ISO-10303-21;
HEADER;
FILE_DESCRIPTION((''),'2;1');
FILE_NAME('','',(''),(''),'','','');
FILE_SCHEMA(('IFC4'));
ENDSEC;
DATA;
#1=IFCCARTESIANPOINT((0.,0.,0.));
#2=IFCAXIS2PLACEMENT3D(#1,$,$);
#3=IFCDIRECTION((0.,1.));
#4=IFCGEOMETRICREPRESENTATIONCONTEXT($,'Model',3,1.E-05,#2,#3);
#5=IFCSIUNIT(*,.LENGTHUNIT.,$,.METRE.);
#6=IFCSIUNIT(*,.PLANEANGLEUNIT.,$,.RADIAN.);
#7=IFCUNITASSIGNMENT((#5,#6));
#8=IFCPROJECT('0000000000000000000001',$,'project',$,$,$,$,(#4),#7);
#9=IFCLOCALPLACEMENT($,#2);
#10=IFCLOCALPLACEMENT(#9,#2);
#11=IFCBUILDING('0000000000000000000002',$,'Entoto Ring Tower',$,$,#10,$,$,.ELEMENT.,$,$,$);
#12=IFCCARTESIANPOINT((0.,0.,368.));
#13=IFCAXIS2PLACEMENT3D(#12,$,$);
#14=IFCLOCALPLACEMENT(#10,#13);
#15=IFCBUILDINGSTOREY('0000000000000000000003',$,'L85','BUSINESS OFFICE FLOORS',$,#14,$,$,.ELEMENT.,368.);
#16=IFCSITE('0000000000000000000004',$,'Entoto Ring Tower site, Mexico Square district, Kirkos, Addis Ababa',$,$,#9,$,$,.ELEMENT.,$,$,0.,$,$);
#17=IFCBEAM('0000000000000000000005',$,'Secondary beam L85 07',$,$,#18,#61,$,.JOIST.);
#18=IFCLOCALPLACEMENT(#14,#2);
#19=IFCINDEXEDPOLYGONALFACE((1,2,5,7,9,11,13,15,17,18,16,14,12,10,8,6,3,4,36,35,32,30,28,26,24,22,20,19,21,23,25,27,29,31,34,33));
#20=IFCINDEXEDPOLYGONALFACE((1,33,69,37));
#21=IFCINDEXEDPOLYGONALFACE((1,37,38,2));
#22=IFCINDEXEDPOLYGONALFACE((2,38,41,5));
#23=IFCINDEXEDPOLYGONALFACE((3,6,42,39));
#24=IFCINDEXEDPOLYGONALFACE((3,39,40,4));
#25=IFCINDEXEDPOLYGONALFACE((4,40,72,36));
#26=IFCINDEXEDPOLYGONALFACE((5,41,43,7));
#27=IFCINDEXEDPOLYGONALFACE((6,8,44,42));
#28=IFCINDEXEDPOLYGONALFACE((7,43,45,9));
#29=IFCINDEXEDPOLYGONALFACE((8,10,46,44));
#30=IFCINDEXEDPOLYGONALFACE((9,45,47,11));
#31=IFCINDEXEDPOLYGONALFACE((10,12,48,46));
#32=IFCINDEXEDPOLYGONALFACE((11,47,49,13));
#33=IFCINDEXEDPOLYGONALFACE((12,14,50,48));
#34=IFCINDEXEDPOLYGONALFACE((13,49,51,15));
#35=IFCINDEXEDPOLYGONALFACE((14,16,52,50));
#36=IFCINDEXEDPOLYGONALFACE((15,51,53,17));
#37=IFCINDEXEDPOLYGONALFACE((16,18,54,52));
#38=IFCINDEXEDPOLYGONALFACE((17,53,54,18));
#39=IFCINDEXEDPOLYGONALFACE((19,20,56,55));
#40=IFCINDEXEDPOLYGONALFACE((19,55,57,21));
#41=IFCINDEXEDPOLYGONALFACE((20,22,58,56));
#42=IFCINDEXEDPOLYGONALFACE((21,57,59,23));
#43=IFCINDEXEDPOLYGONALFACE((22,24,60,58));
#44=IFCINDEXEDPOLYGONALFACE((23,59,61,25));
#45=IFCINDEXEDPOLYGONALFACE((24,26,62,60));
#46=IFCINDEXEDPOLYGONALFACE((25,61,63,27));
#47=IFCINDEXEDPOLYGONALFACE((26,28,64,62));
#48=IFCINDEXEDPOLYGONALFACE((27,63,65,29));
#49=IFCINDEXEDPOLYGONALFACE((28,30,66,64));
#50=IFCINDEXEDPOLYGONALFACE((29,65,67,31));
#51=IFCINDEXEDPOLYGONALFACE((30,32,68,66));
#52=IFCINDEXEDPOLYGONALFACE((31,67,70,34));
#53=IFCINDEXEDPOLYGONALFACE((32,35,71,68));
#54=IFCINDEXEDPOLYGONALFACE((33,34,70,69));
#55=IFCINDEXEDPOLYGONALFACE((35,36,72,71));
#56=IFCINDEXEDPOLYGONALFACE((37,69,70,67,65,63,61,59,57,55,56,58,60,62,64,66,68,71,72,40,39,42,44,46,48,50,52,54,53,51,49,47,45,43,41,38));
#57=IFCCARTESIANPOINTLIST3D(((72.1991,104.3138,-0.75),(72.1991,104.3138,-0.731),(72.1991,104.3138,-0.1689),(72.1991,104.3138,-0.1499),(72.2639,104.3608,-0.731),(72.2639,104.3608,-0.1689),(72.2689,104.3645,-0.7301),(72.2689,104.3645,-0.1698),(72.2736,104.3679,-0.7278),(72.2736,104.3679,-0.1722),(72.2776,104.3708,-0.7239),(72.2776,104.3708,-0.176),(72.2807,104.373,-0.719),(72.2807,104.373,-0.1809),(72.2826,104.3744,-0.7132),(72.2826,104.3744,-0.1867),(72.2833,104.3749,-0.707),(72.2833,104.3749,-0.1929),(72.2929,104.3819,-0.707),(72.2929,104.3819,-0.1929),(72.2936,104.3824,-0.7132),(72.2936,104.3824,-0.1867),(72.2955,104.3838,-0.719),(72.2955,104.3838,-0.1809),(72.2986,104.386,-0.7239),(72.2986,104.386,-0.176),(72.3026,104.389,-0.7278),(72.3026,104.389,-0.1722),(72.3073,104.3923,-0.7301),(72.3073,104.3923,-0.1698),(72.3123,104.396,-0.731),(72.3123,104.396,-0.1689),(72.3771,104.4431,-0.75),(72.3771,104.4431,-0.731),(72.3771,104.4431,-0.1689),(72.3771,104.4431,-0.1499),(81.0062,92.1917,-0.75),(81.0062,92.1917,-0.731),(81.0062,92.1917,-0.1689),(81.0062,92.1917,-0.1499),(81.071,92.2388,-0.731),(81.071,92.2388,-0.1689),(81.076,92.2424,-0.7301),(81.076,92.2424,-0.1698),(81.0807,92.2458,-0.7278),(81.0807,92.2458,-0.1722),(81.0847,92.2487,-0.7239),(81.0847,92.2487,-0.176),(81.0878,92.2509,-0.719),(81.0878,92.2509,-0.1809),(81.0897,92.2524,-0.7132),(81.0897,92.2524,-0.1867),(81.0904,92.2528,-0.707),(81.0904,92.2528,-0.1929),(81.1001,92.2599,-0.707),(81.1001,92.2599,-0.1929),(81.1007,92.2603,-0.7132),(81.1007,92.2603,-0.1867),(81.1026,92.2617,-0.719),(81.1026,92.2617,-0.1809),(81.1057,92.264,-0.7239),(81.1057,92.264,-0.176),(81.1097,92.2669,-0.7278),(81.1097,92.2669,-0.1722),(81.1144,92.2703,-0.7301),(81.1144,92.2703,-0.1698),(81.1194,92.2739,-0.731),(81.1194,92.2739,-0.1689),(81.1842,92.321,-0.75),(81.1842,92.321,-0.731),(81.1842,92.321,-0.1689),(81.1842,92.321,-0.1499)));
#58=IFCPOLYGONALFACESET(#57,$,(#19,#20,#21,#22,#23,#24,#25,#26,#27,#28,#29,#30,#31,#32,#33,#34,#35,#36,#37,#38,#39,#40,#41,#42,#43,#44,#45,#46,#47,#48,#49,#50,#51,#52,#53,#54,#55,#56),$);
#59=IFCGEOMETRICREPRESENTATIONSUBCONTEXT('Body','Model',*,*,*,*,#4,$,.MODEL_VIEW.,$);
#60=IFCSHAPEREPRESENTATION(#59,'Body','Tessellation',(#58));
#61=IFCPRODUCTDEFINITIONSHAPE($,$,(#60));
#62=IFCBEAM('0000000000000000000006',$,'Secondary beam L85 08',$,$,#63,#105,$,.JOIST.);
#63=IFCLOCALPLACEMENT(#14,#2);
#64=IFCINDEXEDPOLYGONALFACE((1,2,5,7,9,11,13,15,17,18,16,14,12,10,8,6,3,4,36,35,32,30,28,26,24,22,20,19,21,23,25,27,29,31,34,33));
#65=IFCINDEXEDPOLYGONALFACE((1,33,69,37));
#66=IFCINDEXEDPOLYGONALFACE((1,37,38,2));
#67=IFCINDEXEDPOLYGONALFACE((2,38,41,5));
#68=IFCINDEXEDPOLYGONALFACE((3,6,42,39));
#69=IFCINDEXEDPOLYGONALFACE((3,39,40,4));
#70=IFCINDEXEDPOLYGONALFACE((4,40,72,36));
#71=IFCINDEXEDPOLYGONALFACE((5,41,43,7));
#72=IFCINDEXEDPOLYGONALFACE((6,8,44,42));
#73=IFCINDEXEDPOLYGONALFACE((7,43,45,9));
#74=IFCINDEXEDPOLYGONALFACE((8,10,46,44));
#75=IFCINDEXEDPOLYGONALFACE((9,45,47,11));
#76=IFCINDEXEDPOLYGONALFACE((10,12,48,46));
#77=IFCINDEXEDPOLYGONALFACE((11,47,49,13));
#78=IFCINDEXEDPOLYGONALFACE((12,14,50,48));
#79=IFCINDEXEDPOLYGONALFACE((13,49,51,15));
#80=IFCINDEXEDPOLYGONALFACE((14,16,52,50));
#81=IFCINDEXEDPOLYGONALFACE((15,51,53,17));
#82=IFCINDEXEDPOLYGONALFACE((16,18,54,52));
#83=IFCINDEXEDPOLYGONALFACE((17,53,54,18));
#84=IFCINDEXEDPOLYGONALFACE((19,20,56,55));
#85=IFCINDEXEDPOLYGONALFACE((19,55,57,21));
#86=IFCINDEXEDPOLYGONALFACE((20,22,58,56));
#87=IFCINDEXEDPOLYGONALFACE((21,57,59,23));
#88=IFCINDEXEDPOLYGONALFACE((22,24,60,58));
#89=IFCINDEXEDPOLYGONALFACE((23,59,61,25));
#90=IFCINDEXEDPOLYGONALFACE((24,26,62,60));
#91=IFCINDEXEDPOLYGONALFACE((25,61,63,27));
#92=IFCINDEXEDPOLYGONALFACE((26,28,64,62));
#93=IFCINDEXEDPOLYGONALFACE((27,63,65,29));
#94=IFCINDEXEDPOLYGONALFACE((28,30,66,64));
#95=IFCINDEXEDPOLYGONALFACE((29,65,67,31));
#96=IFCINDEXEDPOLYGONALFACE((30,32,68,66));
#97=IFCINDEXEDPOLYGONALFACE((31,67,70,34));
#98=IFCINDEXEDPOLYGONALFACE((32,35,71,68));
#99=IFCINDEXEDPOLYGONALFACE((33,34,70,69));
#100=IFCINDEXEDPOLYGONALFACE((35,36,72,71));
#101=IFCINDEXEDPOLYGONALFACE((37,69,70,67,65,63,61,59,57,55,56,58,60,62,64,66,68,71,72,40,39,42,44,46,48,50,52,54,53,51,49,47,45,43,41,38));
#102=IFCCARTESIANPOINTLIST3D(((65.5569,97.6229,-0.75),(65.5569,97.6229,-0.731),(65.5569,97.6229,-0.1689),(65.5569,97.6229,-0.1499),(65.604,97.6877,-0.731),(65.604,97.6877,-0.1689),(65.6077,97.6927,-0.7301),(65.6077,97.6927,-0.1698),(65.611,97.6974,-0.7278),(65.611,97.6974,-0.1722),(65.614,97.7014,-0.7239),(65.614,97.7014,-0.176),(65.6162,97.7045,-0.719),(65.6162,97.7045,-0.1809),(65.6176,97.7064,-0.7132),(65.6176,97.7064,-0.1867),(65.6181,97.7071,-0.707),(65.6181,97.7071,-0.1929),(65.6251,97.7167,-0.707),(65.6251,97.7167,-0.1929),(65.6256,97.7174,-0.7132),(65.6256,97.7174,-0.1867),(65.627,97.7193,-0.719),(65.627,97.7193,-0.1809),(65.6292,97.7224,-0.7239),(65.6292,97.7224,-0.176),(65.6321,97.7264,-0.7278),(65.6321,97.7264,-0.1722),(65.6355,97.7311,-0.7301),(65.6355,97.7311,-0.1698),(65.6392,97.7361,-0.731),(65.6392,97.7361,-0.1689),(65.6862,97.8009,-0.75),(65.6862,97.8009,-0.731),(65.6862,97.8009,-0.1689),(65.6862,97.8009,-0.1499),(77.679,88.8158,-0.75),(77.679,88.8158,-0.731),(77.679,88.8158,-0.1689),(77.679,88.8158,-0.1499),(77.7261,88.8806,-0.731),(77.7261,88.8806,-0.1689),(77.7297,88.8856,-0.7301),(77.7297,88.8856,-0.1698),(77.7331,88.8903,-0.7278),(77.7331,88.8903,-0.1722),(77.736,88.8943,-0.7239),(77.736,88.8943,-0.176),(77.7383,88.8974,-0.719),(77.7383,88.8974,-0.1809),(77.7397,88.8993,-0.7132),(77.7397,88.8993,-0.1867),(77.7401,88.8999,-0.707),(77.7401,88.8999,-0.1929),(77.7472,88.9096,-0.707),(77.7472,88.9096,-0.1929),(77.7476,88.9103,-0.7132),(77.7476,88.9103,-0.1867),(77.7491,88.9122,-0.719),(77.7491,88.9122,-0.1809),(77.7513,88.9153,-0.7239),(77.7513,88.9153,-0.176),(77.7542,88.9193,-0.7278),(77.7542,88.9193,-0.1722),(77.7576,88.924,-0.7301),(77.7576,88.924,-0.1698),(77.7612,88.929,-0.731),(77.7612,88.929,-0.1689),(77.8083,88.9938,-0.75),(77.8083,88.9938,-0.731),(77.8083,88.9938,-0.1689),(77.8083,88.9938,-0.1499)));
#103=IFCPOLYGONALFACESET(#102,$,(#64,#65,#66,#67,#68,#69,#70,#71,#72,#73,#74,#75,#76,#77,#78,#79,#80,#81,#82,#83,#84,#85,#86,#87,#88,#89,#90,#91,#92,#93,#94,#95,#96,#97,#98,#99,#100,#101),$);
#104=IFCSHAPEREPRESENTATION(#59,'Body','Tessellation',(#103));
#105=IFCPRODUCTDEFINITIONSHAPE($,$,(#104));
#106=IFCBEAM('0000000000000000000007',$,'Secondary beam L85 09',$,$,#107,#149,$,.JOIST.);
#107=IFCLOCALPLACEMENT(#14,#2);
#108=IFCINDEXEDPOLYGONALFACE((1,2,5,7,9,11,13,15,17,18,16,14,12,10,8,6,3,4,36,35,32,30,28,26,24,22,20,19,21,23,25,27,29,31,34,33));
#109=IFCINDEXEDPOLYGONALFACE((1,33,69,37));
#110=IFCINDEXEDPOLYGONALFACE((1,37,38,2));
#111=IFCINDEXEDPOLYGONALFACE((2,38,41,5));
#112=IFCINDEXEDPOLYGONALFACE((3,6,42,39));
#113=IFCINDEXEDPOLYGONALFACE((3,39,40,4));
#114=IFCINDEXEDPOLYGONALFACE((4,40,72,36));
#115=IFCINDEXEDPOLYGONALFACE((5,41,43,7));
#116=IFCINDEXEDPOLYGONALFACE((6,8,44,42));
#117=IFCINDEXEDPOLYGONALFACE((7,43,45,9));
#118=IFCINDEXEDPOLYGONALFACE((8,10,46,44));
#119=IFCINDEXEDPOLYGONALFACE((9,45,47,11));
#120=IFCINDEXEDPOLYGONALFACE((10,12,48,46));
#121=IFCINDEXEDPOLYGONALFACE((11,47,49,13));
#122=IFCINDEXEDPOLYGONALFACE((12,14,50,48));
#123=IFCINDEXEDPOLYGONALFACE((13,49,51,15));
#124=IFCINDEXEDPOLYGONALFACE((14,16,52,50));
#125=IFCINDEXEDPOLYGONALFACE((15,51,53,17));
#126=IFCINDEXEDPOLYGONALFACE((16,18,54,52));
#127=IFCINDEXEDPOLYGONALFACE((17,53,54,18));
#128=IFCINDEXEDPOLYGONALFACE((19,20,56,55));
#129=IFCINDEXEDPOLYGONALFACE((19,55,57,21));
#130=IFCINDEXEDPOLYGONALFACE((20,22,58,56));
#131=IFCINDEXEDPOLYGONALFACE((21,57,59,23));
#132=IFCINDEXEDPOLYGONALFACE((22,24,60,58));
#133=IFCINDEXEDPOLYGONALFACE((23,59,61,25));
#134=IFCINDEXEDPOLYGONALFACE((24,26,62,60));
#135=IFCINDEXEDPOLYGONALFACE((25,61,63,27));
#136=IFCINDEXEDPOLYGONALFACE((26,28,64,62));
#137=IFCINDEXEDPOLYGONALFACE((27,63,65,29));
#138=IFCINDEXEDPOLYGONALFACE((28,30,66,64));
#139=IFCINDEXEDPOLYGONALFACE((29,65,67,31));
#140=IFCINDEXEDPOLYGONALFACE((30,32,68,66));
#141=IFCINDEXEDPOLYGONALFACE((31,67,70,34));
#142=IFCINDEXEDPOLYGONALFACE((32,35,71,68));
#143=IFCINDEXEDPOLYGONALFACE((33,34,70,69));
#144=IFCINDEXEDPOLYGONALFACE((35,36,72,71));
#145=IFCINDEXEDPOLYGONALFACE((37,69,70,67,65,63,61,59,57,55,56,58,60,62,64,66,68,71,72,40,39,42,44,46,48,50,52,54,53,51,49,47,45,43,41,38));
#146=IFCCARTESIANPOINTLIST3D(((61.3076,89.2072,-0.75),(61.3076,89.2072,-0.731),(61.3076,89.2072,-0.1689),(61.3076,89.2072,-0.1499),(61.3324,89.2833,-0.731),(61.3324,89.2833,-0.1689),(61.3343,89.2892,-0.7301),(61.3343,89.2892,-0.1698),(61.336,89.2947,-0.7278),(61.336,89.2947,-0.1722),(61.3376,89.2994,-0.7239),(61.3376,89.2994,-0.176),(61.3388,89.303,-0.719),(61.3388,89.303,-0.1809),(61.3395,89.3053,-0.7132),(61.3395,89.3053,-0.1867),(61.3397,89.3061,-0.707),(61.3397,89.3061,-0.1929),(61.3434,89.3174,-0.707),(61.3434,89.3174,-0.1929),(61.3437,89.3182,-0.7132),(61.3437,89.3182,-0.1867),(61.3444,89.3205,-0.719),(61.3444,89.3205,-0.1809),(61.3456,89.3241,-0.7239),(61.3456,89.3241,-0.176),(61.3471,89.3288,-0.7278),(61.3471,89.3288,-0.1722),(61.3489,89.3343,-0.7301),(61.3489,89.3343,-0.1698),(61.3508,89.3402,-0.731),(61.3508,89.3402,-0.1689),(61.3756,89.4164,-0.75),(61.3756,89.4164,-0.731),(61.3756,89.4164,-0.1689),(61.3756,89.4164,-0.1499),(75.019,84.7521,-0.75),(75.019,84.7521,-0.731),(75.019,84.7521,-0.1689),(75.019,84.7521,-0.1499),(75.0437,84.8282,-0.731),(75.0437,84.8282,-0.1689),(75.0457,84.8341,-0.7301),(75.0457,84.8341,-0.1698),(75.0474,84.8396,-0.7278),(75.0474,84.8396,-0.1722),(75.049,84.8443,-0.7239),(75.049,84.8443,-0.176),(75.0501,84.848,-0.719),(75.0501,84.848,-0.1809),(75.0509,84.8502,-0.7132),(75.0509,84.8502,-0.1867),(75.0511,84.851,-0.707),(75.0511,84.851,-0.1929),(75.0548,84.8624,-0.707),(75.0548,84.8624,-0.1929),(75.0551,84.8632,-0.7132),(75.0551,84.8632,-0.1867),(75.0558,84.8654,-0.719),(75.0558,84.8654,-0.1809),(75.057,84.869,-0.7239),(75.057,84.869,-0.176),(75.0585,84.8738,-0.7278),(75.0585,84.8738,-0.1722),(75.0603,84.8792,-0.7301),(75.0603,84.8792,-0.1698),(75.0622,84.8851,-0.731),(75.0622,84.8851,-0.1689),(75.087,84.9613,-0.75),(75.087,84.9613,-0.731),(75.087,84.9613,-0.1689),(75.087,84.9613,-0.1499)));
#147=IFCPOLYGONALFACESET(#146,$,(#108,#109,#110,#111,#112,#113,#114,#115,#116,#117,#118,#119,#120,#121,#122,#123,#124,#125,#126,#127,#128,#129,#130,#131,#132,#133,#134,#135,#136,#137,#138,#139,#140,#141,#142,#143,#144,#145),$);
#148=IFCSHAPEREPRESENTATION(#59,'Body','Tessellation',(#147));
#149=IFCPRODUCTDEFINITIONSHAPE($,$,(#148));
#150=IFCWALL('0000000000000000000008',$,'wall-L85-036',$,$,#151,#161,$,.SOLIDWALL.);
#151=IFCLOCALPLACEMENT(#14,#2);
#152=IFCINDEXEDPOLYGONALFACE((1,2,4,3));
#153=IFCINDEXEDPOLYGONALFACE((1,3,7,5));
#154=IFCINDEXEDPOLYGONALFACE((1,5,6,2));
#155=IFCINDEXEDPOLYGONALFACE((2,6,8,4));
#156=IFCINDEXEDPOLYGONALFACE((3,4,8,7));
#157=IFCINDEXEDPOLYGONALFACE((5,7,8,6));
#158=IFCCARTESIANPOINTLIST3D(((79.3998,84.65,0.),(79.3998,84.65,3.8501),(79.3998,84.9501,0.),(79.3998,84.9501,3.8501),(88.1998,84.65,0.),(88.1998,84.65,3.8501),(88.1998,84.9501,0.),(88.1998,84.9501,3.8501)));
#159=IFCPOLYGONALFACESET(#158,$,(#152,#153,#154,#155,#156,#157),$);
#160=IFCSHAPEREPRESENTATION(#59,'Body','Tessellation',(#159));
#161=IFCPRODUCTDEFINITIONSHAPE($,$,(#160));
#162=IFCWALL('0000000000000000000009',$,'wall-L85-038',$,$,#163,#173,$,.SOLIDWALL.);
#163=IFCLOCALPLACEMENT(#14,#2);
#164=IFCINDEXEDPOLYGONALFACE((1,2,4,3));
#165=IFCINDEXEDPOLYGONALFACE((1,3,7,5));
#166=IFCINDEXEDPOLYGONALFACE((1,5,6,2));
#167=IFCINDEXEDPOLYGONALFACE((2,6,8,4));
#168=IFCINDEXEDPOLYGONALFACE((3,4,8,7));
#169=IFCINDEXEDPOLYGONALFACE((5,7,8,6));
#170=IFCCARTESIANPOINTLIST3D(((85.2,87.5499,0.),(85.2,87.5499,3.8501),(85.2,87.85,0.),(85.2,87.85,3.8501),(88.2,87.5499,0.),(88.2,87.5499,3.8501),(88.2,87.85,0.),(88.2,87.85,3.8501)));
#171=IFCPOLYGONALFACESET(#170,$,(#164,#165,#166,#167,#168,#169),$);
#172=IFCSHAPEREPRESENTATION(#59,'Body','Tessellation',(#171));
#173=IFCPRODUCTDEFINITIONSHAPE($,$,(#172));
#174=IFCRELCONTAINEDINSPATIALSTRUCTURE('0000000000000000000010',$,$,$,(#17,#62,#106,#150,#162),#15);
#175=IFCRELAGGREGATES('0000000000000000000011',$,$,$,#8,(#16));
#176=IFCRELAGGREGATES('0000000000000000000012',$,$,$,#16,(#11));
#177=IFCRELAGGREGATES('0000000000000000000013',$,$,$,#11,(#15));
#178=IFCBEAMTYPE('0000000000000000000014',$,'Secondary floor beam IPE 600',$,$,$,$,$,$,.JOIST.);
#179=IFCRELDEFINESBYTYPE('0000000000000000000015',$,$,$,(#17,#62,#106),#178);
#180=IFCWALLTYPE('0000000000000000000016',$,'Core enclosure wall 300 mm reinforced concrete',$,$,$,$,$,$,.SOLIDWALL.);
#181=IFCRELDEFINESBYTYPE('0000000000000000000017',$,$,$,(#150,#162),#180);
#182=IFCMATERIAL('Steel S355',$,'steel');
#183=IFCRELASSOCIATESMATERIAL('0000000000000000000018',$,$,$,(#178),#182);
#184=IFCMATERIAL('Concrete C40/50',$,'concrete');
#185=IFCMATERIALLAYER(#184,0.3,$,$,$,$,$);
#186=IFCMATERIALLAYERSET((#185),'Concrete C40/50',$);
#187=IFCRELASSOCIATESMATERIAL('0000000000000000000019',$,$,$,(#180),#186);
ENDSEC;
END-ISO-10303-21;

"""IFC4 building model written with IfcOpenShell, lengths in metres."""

from ifc_helpers import new_model, si_unit, direction, frame, frame_2d, origin, origin_2d, place, context, subcontext, project, spatial, rectangle, i_section, extrude, material, layer, layer_set, material_profile, profile_set, type_object, element, save


model = new_model("IFC4")

# Units and contexts
model_context = context("Model", 3, precision=1e-05, world=origin(), true_north=direction((0.0, 1.0)))
body_context = subcontext(model_context, "Body", "Model", "MODEL_VIEW")
ifc_project = project(units=[si_unit("LENGTHUNIT", "METRE"), si_unit("PLANEANGLEUNIT", "RADIAN")], contexts=[model_context])

# Site, building, storey
site_placement = place(None, origin())
site = spatial("IfcSite", under=ifc_project, at=site_placement, Name="Entoto Ring Tower site, Mexico Square district, Kirkos, Addis Ababa", CompositionType="ELEMENT", RefElevation=0.0)
building_placement = place(site_placement, origin())
building = spatial("IfcBuilding", under=site, at=building_placement, Name="Entoto Ring Tower", CompositionType="ELEMENT")
storey_placement = place(building_placement, frame((0.0, 0.0, 368.0)))
storey = spatial("IfcBuildingStorey", under=building, at=storey_placement, Name="L85", Description="BUSINESS OFFICE FLOORS", CompositionType="ELEMENT", Elevation=368.0)

# Beams
ifc_material_1 = material(Name="Steel S355", Category="steel")
ifc_material_profile_1 = material_profile(ifc_material_1, i_section(OverallWidth=0.22, OverallDepth=0.6001, WebThickness=0.012, FlangeThickness=0.019, FilletRadius=0.0239, at=origin_2d()), Name="IPE 600")
ifc_profile_set_1 = profile_set([ifc_material_profile_1], Name="Steel S355")
beam_type_1 = type_object("IfcBeamType", Name="Secondary floor beam IPE 600", PredefinedType="JOIST", material=ifc_profile_set_1)
for number, where, z_axis, x_axis, name in (
    (1, (81.0952, 92.2563, -0.45), (-0.587782, 0.809019, 0.0), (-0.809019, -0.587782, 0.0), "Secondary beam L85 07"),
    (2, (77.7437, 88.9048, -0.45), (-0.809019, 0.587782, 0.0), (-0.587782, -0.809019, 0.0), "Secondary beam L85 08"),
):
    element("IfcBeam", number, at=place(storey_placement, frame(where, z_axis=z_axis, x_axis=x_axis)), inside=storey, type_object=beam_type_1, Name=name, PredefinedType="JOIST", context=body_context, shape_type="SweptSolid", body=[
        extrude(i_section(OverallWidth=0.22, OverallDepth=0.6001, WebThickness=0.012, FlangeThickness=0.019, FilletRadius=0.0239, at=origin_2d()), origin(), (0.0, 0.0, 1.0), 14.9836),
    ])
beam_1_placement = place(storey_placement, frame((75.053, 84.8567, -0.45), z_axis=(-0.951057, 0.309015, 0.0), x_axis=(-0.309015, -0.951057, 0.0)))
element("IfcBeam", 3, at=beam_1_placement, inside=storey, type_object=beam_type_1, Name="Secondary beam L85 09", PredefinedType="JOIST", context=body_context, shape_type="SweptSolid", body=[
    extrude(i_section(OverallWidth=0.22, OverallDepth=0.6001, WebThickness=0.012, FlangeThickness=0.019, FilletRadius=0.0239, at=origin_2d()), origin(), (0.0, 0.0, 1.0), 14.417),
])

# Walls
ifc_material_2 = material(Name="Concrete C40/50", Category="concrete")
ifc_layer_1 = layer(ifc_material_2, 0.3)
ifc_layer_set_1 = layer_set([ifc_layer_1], Name="Concrete C40/50")
wall_type_1 = type_object("IfcWallType", Name="Core enclosure wall 300 mm reinforced concrete", PredefinedType="SOLIDWALL", material=ifc_layer_set_1)
wall_1_placement = place(storey_placement, frame((79.3999, 84.8, 0.0), z_axis=(0.0, 0.0, 1.0), x_axis=(1.0, 0.0, 0.0)))
element("IfcWall", 4, at=wall_1_placement, inside=storey, type_object=wall_type_1, Name="wall-L85-036", PredefinedType="SOLIDWALL", context=body_context, shape_type="SweptSolid", body=[
    extrude(rectangle(XDim=8.8, YDim=0.3, at=frame_2d((4.3999, 0.0))), origin(), (0.0, 0.0, 1.0), 3.8501),
])
wall_2_placement = place(storey_placement, frame((85.2, 87.7, 0.0), z_axis=(0.0, 0.0, 1.0), x_axis=(1.0, 0.0, 0.0)))
element("IfcWall", 5, at=wall_2_placement, inside=storey, type_object=wall_type_1, Name="wall-L85-038", PredefinedType="SOLIDWALL", context=body_context, shape_type="SweptSolid", body=[
    extrude(rectangle(XDim=3.0, YDim=0.3, at=frame_2d((1.5, 0.0))), origin(), (0.0, 0.0, 1.0), 3.8501),
])

save(model, "model.ifc")
